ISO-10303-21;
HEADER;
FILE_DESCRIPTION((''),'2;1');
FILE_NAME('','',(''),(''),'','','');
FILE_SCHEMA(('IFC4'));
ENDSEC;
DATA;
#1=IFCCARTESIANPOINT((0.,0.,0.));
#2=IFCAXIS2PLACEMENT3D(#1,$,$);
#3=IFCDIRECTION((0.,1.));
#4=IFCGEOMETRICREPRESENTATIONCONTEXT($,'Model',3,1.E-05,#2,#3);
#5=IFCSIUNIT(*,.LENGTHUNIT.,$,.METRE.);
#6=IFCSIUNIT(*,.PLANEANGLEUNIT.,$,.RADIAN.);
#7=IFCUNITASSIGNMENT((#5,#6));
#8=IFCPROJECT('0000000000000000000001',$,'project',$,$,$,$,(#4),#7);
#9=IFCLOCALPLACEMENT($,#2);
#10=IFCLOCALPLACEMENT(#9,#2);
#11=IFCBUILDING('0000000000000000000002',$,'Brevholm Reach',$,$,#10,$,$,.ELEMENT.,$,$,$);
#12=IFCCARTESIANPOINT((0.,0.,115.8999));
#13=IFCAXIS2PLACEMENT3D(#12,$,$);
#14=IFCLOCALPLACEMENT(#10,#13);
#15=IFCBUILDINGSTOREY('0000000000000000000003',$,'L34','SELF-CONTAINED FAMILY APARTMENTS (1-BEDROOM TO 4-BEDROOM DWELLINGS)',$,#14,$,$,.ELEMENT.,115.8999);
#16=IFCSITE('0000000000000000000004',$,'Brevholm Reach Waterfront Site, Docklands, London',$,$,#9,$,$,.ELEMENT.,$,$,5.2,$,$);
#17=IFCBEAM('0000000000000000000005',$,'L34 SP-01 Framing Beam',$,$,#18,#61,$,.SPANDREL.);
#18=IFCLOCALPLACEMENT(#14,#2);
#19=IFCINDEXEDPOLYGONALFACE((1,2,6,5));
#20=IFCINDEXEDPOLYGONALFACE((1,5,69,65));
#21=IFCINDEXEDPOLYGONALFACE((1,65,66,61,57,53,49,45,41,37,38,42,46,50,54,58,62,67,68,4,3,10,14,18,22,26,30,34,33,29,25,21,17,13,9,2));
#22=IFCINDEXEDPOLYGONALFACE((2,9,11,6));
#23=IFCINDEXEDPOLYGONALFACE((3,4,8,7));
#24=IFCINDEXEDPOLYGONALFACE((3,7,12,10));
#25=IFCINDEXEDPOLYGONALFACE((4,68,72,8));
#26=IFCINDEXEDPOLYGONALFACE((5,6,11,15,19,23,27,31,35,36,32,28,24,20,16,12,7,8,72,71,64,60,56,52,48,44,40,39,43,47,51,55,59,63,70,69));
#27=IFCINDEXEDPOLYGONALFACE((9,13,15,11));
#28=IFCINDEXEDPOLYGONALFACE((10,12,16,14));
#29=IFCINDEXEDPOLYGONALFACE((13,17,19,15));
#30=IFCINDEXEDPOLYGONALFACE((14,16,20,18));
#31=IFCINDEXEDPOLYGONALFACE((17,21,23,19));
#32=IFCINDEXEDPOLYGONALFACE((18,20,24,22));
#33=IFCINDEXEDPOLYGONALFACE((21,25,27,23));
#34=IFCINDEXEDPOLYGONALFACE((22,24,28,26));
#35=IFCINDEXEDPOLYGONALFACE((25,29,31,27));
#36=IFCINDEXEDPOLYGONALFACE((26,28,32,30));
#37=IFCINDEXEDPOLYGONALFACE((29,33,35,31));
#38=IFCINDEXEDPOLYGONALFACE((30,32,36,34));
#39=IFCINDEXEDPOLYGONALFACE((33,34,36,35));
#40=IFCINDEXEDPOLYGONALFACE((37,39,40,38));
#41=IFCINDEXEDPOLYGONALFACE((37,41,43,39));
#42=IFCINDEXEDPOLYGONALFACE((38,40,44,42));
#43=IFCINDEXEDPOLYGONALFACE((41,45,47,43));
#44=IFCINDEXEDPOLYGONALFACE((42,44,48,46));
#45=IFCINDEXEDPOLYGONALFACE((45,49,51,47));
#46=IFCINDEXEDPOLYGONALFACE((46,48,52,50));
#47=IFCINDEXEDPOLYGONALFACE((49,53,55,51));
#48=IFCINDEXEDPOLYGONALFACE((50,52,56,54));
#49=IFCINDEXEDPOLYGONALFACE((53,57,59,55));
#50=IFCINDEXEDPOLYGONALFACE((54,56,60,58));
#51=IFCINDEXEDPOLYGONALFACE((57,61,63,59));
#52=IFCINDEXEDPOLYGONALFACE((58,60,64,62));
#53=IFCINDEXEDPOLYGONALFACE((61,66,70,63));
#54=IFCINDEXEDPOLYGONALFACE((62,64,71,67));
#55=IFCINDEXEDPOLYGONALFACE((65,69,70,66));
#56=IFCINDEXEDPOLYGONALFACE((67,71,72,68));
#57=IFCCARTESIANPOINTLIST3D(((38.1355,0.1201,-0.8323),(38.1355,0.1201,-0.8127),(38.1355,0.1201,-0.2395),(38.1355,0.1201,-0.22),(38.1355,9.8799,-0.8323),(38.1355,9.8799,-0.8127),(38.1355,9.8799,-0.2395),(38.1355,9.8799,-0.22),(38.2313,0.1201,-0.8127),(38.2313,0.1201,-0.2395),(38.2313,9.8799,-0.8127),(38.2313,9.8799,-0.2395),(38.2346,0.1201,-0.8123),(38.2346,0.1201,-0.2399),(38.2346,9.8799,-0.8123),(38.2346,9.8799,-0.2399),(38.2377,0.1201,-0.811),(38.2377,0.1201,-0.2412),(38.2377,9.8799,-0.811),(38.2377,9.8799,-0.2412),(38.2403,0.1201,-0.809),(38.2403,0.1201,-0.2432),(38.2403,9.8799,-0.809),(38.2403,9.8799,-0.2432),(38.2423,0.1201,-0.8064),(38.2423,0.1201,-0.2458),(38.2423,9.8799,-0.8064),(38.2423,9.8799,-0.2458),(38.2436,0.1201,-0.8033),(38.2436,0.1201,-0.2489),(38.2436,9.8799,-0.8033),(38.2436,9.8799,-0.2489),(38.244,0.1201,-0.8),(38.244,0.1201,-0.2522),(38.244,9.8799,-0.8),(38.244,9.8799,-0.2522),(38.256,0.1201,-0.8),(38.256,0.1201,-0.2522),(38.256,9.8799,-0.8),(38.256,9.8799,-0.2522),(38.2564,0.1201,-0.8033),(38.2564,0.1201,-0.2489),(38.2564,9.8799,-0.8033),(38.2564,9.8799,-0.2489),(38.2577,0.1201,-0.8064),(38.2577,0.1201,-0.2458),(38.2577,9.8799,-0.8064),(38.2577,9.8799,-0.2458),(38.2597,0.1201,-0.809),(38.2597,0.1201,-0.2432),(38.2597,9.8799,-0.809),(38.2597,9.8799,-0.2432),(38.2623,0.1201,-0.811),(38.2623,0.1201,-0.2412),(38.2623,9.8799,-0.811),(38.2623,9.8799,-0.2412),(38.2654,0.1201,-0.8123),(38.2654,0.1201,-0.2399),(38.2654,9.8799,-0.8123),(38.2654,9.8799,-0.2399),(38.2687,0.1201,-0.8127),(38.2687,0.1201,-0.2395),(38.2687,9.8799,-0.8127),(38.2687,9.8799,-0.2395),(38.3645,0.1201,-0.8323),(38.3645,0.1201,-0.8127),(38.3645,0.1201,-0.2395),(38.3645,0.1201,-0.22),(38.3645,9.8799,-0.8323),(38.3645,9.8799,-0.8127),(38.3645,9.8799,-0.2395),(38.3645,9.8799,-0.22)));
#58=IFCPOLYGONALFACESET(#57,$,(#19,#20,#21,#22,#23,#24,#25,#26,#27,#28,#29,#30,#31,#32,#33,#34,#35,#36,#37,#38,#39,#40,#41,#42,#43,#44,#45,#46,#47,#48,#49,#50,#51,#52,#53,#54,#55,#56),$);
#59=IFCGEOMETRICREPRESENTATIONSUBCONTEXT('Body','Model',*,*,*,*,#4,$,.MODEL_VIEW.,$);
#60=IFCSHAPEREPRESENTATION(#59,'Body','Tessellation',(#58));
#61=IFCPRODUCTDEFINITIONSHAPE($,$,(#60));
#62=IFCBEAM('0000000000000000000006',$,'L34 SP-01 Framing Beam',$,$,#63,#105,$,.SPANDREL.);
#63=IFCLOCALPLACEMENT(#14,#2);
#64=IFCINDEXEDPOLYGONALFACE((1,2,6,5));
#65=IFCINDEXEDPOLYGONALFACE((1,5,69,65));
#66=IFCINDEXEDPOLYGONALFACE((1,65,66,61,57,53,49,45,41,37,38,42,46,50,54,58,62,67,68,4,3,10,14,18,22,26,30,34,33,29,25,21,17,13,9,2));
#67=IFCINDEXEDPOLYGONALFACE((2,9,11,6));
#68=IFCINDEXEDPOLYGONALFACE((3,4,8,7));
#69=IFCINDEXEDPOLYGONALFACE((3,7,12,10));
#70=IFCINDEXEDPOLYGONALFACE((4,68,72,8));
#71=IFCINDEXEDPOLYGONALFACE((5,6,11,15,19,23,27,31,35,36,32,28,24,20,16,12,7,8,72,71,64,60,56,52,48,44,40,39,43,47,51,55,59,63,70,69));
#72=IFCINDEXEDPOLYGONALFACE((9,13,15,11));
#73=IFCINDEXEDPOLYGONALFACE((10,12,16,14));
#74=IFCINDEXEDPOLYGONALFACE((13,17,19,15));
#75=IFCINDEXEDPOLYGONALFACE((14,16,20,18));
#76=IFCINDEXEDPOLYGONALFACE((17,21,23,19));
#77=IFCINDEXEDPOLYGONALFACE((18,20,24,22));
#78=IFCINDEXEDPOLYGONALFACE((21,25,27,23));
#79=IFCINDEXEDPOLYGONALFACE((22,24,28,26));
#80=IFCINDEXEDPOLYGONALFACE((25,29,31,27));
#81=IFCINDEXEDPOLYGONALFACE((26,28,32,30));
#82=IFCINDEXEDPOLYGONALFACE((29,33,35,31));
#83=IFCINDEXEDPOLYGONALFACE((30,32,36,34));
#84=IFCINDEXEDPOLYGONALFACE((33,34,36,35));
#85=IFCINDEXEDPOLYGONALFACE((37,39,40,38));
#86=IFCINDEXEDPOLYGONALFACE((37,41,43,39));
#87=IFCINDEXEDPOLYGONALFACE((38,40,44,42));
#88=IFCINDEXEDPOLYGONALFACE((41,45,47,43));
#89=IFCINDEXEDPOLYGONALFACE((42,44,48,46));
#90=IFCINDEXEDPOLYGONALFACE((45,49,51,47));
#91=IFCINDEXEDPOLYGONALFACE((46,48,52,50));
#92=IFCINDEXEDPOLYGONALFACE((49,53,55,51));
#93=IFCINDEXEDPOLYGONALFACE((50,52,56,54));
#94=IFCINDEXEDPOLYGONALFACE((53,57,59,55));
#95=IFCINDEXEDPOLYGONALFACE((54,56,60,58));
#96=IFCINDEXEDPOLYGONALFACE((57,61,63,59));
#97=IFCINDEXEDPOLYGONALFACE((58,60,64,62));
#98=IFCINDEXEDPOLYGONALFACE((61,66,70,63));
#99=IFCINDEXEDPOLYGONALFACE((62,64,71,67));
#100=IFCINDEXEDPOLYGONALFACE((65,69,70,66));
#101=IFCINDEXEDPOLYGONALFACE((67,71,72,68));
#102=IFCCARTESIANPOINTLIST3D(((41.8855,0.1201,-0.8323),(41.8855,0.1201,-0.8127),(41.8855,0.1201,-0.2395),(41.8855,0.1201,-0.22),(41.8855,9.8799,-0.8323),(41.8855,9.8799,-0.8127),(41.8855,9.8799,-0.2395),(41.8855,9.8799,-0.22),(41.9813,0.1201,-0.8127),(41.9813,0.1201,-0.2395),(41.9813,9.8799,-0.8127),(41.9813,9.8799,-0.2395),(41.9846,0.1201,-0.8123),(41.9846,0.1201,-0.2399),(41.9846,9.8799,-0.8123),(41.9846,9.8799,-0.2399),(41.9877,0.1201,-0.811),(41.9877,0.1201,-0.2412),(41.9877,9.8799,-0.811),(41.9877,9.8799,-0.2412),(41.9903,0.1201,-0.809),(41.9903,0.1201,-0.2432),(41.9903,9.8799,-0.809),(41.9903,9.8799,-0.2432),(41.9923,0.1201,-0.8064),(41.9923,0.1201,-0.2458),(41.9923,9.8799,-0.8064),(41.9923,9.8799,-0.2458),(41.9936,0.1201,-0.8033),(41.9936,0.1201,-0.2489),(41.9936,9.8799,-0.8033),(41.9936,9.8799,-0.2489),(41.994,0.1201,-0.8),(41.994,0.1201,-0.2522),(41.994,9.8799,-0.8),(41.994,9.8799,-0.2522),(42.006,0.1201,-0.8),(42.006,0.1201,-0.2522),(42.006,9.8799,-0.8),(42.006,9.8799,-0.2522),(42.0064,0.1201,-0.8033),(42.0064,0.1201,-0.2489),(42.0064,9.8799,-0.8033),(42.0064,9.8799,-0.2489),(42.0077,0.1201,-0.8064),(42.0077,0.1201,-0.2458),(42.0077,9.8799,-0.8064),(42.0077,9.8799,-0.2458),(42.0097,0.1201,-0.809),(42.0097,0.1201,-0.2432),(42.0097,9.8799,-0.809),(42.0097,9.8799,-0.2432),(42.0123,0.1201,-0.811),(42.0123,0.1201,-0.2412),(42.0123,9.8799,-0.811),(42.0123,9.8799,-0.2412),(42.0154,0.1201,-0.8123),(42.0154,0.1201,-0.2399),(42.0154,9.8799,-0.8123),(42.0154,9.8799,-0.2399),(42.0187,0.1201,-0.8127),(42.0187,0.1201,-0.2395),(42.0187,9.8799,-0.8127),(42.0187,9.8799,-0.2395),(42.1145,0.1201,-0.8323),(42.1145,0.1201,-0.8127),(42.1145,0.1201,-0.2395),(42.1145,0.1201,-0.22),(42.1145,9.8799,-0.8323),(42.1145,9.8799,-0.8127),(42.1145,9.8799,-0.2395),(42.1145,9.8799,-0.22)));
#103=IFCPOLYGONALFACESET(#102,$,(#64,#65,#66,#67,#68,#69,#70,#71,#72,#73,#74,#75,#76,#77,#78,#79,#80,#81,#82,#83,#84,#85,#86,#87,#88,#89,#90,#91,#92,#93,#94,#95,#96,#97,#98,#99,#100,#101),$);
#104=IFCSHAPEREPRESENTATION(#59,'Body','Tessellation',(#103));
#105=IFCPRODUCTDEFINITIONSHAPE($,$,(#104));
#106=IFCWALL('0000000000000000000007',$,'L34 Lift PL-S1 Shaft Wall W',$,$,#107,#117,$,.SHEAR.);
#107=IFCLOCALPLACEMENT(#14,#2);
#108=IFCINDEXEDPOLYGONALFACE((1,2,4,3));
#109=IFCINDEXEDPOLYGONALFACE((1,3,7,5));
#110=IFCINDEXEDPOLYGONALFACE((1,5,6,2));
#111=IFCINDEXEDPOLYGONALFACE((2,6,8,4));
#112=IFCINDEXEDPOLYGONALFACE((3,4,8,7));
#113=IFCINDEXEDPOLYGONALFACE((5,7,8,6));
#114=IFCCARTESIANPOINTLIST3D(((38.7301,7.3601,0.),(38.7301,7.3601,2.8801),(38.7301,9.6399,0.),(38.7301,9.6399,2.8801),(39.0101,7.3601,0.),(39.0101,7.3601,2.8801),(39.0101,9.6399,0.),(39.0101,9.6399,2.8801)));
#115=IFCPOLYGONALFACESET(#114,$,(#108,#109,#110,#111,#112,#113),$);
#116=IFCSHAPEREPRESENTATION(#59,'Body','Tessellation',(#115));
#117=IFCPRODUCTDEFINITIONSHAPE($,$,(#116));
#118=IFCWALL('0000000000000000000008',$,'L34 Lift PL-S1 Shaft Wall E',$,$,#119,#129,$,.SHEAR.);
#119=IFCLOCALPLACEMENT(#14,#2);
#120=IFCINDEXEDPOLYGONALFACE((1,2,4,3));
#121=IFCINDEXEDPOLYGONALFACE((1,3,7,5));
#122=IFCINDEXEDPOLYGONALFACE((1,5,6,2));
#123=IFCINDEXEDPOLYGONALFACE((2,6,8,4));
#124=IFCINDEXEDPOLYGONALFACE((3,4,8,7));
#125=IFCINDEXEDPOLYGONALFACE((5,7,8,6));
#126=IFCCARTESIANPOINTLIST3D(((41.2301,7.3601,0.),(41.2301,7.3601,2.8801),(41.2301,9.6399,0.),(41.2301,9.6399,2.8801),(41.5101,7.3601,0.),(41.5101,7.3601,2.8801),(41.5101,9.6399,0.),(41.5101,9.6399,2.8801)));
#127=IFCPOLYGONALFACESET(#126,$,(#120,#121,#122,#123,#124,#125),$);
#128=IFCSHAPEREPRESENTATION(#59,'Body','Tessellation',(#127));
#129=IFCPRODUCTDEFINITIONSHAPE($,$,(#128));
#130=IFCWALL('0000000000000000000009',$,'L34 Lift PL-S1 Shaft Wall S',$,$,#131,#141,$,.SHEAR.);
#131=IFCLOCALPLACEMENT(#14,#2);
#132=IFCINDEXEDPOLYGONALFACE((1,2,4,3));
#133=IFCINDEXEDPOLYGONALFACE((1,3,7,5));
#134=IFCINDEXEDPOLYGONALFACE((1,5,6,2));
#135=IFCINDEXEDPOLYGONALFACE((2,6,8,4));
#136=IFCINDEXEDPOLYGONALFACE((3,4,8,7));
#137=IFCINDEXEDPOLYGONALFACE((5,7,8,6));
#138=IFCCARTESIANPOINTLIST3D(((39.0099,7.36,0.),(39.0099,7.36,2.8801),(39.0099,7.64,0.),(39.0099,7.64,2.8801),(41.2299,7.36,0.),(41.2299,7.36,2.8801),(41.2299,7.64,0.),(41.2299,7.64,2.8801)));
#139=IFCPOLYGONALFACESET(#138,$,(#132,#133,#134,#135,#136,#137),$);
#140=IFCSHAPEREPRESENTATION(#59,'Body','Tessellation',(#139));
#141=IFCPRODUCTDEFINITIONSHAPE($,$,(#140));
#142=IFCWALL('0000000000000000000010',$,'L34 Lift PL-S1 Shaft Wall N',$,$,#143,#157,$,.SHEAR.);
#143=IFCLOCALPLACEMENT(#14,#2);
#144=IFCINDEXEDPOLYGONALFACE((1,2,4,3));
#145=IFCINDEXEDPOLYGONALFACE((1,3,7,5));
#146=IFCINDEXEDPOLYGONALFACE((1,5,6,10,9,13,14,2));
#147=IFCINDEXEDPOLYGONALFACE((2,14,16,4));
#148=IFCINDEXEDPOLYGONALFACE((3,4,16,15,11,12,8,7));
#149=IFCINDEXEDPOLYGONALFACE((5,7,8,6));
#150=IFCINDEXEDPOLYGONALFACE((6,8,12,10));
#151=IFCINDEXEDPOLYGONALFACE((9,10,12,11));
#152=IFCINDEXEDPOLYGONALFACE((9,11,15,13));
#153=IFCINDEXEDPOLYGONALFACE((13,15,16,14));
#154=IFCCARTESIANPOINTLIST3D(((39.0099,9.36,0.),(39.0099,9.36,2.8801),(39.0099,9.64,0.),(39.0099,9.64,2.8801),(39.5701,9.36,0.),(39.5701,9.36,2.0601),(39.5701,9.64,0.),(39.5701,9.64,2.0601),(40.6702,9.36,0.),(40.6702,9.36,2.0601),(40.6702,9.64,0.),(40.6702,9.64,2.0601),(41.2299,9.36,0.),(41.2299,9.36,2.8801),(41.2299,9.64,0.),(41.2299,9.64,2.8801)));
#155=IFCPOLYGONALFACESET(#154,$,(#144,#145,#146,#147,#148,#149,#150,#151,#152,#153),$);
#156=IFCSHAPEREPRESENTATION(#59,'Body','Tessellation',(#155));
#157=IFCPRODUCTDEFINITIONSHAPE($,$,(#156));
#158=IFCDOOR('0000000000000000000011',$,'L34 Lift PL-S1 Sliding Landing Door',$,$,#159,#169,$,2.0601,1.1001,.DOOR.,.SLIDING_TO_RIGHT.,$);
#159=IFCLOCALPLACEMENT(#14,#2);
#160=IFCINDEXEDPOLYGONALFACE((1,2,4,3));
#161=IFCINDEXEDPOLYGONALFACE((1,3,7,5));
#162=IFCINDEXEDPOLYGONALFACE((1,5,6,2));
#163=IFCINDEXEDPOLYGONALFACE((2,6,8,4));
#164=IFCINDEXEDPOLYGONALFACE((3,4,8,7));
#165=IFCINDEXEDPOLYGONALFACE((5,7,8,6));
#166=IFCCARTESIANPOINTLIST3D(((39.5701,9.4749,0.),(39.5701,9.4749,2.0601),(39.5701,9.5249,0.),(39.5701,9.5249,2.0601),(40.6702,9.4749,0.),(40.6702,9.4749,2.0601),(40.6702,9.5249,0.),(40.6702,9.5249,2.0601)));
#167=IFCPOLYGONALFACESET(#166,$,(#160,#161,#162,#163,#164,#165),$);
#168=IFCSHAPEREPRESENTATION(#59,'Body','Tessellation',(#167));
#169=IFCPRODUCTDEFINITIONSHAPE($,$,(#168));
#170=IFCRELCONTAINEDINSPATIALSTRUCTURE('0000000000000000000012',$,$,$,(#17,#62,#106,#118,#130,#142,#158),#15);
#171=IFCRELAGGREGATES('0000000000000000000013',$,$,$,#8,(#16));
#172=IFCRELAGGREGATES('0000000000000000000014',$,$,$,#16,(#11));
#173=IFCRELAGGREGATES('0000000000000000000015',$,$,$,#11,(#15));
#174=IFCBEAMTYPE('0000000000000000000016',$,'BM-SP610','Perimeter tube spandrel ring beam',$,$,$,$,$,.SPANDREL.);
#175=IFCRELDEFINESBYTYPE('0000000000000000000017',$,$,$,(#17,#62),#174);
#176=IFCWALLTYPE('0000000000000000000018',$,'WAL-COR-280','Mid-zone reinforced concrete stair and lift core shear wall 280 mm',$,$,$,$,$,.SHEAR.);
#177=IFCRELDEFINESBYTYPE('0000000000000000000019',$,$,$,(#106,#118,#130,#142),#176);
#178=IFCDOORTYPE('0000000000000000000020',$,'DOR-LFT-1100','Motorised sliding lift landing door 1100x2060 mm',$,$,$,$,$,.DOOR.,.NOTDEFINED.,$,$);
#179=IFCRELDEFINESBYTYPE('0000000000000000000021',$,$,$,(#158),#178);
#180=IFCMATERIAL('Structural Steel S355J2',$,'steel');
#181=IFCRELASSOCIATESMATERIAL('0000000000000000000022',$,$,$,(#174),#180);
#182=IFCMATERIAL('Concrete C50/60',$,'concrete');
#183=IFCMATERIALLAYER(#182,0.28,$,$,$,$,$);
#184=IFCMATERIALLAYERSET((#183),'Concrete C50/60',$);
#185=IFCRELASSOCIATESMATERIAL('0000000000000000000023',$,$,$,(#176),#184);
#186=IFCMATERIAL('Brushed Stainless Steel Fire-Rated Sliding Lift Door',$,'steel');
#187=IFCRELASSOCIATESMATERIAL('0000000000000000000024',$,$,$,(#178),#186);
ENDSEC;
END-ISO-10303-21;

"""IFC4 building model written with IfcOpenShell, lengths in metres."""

from ifc_helpers import new_model, si_unit, direction, frame, frame_2d, origin, origin_2d, place, context, subcontext, project, spatial, rectangle, i_section, extrude, material, layer, layer_set, material_profile, profile_set, type_object, element, fill, save


model = new_model("IFC4")

# Units and contexts
model_context = context("Model", 3, precision=1e-05, world=origin(), true_north=direction((0.0, 1.0)))
body_context = subcontext(model_context, "Body", "Model", "MODEL_VIEW")
ifc_project = project(units=[si_unit("LENGTHUNIT", "METRE"), si_unit("PLANEANGLEUNIT", "RADIAN")], contexts=[model_context])

# Site, building, storey
site_placement = place(None, origin())
site = spatial("IfcSite", under=ifc_project, at=site_placement, Name="Brevholm Reach Waterfront Site, Docklands, London", CompositionType="ELEMENT", RefElevation=5.2)
building_placement = place(site_placement, origin())
building = spatial("IfcBuilding", under=site, at=building_placement, Name="Brevholm Reach", CompositionType="ELEMENT")
storey_placement = place(building_placement, frame((0.0, 0.0, 115.8999)))
storey = spatial("IfcBuildingStorey", under=building, at=storey_placement, Name="L34", Description="SELF-CONTAINED FAMILY APARTMENTS (1-BEDROOM TO 4-BEDROOM DWELLINGS)", CompositionType="ELEMENT", Elevation=115.8999)

# Beams
ifc_material_1 = material(Name="Structural Steel S355J2", Category="steel")
ifc_material_profile_1 = material_profile(ifc_material_1, i_section(OverallWidth=0.229, OverallDepth=0.6123, WebThickness=0.012, FlangeThickness=0.0195, FilletRadius=0.0127, at=origin_2d()), Name="UKB 610x229x125")
ifc_profile_set_1 = profile_set([ifc_material_profile_1], Name="Structural Steel S355J2")
beam_type_1 = type_object("IfcBeamType", Name="BM-SP610", Description="Perimeter tube spandrel ring beam", PredefinedType="SPANDREL", material=ifc_profile_set_1)
for number, where, z_axis, x_axis, name in (
    (1, (38.25, 0.1201, -0.5261), (0.0, 1.0, 0.0), (-1.0, 0.0, 0.0), "L34 SP-01 Framing Beam"),
    (2, (42.0, 0.1201, -0.5261), (0.0, 1.0, 0.0), (-1.0, 0.0, 0.0), "L34 SP-01 Framing Beam"),
):
    element("IfcBeam", number, at=place(storey_placement, frame(where, z_axis=z_axis, x_axis=x_axis)), inside=storey, type_object=beam_type_1, Name=name, PredefinedType="SPANDREL", context=body_context, shape_type="SweptSolid", body=[
        extrude(i_section(OverallWidth=0.229, OverallDepth=0.6123, WebThickness=0.012, FlangeThickness=0.0195, FilletRadius=0.0127, at=origin_2d()), origin(), (0.0, 0.0, 1.0), 9.7598),
    ])

# Walls
ifc_material_2 = material(Name="Concrete C50/60", Category="concrete")
ifc_layer_1 = layer(ifc_material_2, 0.28)
ifc_layer_set_1 = layer_set([ifc_layer_1], Name="Concrete C50/60")
wall_type_1 = type_object("IfcWallType", Name="WAL-COR-280", Description="Mid-zone reinforced concrete stair and lift core shear wall 280 mm", PredefinedType="SHEAR", material=ifc_layer_set_1)
for number, where, z_axis, x_axis, name in (
    (3, (38.8701, 7.3601, 0.0), (0.0, 0.0, 1.0), (0.0, 1.0, 0.0), "L34 Lift PL-S1 Shaft Wall W"),
    (4, (41.3701, 7.3601, 0.0), (0.0, 0.0, 1.0), (0.0, 1.0, 0.0), "L34 Lift PL-S1 Shaft Wall E"),
):
    element("IfcWall", number, at=place(storey_placement, frame(where, z_axis=z_axis, x_axis=x_axis)), inside=storey, type_object=wall_type_1, Name=name, PredefinedType="SHEAR", context=body_context, shape_type="SweptSolid", body=[
        extrude(rectangle(XDim=2.2798, YDim=0.28, at=frame_2d((1.1399, 0.0))), origin(), (0.0, 0.0, 1.0), 2.8801),
    ])
wall_1_placement = place(storey_placement, frame((39.01, 7.5, 0.0), z_axis=(0.0, 0.0, 1.0), x_axis=(1.0, 0.0, 0.0)))
element("IfcWall", 5, at=wall_1_placement, inside=storey, type_object=wall_type_1, Name="L34 Lift PL-S1 Shaft Wall S", PredefinedType="SHEAR", context=body_context, shape_type="SweptSolid", body=[
    extrude(rectangle(XDim=2.22, YDim=0.28, at=frame_2d((1.1099, 0.0))), origin(), (0.0, 0.0, 1.0), 2.8801),
])

# Wall, opening, door
wall_2_placement = place(storey_placement, frame((39.01, 9.5, 0.0), z_axis=(0.0, 0.0, 1.0), x_axis=(1.0, 0.0, 0.0)))
wall_2 = element("IfcWall", 6, at=wall_2_placement, inside=storey, type_object=wall_type_1, Name="L34 Lift PL-S1 Shaft Wall N", PredefinedType="SHEAR", context=body_context, shape_type="SweptSolid", body=[
    extrude(rectangle(XDim=2.22, YDim=0.28, at=frame_2d((1.1099, 0.0))), origin(), (0.0, 0.0, 1.0), 2.8801),
])
opening_1_placement = place(wall_2_placement, frame((0.5601, 0.0, 0.0)))
opening_1 = element("IfcOpeningElement", 7, at=opening_1_placement, cuts=wall_2, PredefinedType="OPENING", context=body_context, shape_type="SweptSolid", body=[
    extrude(rectangle(XDim=1.1001, YDim=2.0601, at=frame_2d((0.55, 1.03))), frame((0.0, 0.1499, 0.0), z_axis=(0.0, -1.0, 0.0), x_axis=(1.0, 0.0, 0.0)), (0.0, 0.0, 1.0), 0.3),
])
ifc_material_3 = material(Name="Brushed Stainless Steel Fire-Rated Sliding Lift Door", Category="steel")
door_type_1 = type_object("IfcDoorType", Name="DOR-LFT-1100", Description="Motorised sliding lift landing door 1100x2060 mm", OperationType="NOTDEFINED", PredefinedType="DOOR", material=ifc_material_3)
door_1_placement = place(opening_1_placement, origin())
door_1 = element("IfcDoor", 8, at=door_1_placement, inside=storey, type_object=door_type_1, Name="L34 Lift PL-S1 Sliding Landing Door", OperationType="SLIDING_TO_RIGHT", OverallHeight=2.0601, OverallWidth=1.1001, PredefinedType="DOOR", context=body_context, shape_type="SweptSolid", body=[
    extrude(rectangle(XDim=1.1001, YDim=2.0601, at=frame_2d((0.55, 1.03))), frame((0.0, 0.0249, 0.0), z_axis=(0.0, -1.0, 0.0), x_axis=(1.0, 0.0, 0.0)), (0.0, 0.0, 1.0), 0.05),
])
fill(opening_1, door_1)

save(model, "model.ifc")
